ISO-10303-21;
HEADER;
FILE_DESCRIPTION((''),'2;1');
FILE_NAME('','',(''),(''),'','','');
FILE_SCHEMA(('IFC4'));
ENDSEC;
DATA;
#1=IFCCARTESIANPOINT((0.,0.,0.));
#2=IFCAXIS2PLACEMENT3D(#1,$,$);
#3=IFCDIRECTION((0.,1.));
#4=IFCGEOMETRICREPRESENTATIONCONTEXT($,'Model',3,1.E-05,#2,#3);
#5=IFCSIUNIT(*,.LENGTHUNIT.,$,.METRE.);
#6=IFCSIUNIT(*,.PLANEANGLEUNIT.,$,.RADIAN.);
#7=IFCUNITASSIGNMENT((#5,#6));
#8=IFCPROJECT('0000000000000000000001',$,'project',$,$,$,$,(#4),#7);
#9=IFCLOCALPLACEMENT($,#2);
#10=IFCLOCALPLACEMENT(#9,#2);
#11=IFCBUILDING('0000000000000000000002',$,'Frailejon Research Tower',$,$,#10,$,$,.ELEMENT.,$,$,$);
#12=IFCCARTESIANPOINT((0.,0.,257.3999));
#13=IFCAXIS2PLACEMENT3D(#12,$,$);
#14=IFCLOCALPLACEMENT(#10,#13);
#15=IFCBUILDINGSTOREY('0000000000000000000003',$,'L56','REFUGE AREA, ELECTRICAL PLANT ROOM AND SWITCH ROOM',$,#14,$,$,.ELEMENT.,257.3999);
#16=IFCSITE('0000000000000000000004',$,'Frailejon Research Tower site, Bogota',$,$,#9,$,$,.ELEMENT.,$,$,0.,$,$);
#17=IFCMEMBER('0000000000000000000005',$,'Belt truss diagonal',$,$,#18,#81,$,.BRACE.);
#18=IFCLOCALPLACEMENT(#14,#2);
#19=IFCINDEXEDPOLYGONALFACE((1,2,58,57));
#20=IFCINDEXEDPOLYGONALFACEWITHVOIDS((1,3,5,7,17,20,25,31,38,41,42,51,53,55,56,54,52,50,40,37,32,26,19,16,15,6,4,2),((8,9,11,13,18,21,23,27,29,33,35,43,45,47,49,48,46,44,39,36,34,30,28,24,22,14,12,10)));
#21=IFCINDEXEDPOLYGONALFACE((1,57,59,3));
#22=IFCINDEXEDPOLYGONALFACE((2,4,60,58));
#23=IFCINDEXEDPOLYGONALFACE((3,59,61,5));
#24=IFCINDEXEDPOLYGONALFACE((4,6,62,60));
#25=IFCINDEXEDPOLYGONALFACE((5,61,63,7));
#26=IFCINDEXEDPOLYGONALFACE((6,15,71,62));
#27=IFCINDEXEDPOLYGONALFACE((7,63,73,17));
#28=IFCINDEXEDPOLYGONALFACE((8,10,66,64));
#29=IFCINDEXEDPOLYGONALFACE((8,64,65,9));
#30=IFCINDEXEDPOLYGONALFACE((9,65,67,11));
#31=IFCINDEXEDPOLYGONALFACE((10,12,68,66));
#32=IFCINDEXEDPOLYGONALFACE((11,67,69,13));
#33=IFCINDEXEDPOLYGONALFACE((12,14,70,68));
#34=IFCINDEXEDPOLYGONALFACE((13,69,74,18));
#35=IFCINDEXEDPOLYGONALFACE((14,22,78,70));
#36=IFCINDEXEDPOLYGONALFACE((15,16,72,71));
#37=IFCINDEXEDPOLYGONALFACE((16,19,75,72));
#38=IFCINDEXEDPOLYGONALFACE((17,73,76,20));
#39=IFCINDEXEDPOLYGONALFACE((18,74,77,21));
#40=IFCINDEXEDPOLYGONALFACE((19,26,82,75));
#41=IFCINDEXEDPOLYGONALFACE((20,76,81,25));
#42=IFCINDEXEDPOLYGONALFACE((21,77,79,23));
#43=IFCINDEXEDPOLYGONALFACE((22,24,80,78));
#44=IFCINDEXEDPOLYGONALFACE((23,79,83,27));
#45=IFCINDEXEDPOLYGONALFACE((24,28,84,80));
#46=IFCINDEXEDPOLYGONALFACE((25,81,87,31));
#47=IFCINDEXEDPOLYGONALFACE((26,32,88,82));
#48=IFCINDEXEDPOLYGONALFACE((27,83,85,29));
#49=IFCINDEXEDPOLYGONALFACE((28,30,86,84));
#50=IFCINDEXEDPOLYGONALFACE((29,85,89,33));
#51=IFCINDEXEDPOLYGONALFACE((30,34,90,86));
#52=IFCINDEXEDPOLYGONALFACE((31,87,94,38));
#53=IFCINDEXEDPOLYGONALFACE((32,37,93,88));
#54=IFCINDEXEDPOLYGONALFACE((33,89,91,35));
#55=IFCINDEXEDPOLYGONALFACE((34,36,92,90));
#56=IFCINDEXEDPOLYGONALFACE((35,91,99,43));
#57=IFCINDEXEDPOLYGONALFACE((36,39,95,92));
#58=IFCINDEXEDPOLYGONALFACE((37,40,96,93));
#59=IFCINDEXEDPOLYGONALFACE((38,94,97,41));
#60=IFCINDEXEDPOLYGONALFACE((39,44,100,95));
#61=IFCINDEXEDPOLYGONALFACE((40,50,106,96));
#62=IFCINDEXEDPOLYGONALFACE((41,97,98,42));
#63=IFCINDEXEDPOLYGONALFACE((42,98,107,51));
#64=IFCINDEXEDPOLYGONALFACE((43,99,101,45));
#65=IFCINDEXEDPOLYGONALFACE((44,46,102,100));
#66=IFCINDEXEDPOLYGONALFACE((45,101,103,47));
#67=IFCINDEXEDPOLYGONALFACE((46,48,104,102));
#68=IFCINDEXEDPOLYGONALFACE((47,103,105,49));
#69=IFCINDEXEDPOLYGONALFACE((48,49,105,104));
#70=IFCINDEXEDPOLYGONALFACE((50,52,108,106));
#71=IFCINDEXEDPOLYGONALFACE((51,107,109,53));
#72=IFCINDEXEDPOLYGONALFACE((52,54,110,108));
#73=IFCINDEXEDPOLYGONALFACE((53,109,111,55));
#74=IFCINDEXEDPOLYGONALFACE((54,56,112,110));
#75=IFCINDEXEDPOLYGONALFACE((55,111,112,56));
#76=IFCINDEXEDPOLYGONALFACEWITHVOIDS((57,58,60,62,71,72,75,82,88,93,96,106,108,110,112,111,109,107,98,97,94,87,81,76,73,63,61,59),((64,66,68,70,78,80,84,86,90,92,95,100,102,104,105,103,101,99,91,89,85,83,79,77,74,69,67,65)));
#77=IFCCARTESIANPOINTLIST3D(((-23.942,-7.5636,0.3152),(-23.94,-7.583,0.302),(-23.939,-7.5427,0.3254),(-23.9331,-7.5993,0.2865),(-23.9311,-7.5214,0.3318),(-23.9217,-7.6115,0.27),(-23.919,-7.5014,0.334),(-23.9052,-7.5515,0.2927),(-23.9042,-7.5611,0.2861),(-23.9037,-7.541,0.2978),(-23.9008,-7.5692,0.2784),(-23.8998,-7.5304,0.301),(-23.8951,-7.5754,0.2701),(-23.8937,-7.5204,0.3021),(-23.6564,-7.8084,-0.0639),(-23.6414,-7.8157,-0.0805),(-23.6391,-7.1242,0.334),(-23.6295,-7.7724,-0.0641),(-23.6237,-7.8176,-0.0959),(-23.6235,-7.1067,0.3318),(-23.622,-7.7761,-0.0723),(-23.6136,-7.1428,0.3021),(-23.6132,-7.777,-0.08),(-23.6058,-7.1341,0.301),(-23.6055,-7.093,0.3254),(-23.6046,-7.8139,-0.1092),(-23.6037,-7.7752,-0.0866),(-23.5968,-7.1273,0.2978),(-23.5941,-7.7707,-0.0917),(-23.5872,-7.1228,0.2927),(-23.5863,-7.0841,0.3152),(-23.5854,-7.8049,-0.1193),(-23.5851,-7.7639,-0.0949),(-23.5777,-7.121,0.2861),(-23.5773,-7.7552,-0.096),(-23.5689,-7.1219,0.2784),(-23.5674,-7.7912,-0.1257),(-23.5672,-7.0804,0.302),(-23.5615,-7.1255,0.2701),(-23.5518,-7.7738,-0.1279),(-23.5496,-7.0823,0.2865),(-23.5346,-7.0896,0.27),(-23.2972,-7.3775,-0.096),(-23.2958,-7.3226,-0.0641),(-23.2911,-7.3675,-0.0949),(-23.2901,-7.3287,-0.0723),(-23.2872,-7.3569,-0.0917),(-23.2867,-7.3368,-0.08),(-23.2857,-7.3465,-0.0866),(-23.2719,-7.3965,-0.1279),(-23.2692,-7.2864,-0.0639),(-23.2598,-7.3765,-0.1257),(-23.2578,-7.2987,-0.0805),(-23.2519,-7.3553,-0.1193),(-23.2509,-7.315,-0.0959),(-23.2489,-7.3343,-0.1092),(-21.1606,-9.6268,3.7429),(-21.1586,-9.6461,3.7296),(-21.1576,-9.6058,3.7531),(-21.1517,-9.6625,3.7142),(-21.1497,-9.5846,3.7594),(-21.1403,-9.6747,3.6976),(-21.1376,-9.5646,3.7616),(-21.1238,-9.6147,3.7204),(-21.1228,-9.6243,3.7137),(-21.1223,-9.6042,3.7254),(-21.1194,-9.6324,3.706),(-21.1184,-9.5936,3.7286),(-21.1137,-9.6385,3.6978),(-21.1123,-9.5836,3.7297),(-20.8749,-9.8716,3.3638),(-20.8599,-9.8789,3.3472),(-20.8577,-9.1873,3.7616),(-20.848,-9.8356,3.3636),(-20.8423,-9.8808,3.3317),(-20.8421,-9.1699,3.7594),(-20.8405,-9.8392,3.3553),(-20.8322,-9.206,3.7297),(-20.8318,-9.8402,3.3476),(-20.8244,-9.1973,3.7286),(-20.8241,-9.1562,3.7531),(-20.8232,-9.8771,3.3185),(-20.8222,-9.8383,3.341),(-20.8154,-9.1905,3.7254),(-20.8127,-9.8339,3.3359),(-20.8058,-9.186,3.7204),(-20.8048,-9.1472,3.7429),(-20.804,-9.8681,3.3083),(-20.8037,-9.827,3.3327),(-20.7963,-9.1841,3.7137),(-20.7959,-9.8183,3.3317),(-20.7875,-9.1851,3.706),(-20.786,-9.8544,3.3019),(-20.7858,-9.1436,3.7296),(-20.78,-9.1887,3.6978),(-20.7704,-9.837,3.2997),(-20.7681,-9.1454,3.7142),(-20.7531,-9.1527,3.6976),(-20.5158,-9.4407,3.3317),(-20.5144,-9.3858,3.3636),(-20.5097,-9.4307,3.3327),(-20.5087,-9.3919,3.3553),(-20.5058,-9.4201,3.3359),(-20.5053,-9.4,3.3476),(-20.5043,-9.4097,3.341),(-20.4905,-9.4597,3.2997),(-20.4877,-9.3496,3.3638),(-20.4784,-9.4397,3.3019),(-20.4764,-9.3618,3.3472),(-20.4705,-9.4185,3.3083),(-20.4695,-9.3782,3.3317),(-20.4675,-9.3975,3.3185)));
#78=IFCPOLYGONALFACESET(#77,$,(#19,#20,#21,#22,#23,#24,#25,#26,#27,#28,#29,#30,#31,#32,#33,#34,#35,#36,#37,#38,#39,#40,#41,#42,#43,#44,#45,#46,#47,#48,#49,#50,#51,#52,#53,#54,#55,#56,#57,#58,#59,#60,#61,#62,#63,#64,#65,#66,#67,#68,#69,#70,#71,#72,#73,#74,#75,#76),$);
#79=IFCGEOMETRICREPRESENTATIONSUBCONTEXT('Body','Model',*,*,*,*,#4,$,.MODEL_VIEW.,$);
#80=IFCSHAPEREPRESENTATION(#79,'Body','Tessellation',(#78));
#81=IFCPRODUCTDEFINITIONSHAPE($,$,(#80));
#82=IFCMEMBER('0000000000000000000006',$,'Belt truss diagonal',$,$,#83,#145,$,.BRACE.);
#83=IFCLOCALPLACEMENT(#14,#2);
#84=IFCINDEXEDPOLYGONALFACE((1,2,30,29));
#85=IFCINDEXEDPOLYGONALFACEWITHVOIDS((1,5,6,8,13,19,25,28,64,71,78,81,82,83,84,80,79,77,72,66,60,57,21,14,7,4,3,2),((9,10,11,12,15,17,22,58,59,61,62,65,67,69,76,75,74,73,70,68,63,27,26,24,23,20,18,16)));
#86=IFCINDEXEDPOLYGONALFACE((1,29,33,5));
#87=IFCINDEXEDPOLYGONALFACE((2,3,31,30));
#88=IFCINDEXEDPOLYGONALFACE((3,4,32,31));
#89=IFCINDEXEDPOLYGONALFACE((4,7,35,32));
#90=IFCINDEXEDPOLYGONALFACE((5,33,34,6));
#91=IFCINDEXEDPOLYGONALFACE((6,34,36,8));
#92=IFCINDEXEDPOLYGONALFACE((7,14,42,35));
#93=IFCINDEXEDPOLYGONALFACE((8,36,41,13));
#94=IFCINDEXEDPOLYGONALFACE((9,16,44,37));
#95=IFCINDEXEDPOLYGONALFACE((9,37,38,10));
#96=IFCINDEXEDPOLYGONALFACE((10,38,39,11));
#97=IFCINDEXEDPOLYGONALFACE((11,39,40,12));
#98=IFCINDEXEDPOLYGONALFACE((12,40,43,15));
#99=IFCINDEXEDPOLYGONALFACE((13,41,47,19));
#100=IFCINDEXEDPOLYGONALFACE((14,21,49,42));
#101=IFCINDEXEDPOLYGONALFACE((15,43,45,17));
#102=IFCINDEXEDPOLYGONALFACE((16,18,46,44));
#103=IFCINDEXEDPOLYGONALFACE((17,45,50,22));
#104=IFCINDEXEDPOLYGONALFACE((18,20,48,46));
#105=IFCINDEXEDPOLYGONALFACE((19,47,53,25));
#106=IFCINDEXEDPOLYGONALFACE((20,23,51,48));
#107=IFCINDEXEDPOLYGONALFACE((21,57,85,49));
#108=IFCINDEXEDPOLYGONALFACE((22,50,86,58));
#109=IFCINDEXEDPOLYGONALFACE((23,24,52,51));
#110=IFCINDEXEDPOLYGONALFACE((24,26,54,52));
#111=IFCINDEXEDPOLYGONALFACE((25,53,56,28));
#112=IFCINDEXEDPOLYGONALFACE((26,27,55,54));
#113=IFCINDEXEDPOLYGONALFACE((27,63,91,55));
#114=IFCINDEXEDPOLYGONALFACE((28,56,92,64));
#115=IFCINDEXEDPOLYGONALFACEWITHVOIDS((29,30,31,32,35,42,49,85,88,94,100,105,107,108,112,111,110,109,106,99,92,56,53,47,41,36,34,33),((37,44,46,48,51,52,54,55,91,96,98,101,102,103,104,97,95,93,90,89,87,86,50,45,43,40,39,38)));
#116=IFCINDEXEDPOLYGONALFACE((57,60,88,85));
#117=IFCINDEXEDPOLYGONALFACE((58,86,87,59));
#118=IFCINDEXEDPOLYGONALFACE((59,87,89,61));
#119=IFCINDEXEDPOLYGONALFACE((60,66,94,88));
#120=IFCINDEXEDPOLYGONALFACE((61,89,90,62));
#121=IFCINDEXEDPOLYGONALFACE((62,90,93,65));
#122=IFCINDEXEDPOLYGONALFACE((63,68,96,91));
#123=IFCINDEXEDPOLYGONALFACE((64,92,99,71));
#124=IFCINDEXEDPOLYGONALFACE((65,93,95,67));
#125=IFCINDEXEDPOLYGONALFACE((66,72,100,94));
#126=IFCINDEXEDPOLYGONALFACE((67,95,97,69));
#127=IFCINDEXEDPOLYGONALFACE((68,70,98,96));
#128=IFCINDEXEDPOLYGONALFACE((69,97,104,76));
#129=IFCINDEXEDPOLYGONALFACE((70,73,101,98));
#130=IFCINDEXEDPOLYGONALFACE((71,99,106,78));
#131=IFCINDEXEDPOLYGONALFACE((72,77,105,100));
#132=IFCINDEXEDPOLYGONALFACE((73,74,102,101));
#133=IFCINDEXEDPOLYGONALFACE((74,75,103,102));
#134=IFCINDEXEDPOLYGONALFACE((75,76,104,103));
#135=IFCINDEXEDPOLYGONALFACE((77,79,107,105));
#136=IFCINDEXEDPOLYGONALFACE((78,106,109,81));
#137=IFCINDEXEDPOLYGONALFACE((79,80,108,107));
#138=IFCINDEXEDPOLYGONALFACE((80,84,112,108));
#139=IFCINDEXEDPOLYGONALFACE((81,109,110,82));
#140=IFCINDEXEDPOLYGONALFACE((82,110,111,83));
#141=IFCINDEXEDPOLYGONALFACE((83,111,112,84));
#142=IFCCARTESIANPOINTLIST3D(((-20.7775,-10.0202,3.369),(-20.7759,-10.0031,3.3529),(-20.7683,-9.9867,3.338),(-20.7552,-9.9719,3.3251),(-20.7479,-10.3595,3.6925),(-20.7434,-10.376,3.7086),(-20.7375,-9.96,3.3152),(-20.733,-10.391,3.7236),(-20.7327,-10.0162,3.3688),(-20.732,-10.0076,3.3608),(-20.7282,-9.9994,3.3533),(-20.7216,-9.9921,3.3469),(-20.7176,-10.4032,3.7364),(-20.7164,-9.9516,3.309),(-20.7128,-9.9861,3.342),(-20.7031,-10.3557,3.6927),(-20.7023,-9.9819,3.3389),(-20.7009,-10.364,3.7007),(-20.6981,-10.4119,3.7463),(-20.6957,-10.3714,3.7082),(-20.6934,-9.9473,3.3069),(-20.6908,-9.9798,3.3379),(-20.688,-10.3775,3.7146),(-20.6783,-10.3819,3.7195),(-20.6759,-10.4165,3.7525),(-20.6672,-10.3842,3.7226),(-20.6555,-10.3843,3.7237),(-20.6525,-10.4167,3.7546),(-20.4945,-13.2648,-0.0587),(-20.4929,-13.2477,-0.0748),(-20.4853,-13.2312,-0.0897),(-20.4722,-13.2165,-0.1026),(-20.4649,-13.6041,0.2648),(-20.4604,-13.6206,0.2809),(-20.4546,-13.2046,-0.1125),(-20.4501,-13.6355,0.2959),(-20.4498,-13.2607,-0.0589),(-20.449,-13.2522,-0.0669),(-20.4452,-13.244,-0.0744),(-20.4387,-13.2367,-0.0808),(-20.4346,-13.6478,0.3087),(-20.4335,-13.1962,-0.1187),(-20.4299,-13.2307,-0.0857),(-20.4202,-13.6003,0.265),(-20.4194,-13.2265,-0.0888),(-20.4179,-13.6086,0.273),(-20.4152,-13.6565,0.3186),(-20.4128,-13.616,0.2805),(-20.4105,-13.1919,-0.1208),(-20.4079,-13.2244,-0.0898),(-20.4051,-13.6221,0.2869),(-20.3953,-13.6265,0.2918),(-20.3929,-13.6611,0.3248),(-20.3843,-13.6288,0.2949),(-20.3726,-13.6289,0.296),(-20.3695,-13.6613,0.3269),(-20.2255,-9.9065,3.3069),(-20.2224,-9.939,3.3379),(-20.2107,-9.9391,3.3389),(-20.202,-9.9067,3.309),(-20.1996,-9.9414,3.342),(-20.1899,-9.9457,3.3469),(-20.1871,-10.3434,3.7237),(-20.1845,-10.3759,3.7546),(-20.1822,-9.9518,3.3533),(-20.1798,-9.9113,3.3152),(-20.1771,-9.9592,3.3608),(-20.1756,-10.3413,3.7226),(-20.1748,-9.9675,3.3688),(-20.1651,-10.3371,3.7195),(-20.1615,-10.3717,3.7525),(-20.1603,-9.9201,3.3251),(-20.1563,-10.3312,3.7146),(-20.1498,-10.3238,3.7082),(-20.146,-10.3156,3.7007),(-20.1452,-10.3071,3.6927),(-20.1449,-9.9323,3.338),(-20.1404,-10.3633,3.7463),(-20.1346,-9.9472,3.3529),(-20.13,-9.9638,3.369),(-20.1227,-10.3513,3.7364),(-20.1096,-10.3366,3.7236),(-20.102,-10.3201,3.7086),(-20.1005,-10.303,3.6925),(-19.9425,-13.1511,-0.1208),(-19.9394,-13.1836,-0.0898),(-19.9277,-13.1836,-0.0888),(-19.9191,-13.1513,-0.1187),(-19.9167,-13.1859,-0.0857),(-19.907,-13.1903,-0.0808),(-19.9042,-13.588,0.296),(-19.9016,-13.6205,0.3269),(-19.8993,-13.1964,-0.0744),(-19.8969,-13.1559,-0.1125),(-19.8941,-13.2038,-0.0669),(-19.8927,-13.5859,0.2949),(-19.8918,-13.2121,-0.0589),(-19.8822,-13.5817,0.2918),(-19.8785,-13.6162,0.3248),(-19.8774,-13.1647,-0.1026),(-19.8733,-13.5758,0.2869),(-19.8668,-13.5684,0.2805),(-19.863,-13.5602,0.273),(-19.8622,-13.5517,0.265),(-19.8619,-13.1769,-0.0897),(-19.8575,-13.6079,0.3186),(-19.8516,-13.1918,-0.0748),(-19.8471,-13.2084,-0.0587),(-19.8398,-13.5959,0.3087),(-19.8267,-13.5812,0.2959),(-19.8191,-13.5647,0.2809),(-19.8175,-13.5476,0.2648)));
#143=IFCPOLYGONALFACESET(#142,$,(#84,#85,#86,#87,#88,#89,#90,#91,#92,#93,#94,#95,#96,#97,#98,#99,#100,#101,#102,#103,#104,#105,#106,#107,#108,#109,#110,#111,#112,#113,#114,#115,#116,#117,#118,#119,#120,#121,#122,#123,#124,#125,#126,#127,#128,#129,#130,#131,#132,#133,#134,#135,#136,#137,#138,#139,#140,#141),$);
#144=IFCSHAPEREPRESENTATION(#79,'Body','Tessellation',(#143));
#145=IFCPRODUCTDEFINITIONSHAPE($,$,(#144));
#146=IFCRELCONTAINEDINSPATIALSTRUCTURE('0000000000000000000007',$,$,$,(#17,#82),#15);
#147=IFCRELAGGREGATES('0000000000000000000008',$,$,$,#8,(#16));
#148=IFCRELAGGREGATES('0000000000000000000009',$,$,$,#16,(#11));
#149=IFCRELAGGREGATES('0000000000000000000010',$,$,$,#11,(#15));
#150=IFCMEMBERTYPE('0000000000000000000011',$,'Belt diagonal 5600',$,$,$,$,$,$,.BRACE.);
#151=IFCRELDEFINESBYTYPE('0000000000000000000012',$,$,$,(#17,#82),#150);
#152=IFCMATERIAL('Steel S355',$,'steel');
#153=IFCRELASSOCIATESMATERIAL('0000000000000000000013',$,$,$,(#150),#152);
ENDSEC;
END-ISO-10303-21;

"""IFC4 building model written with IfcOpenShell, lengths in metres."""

from ifc_helpers import new_model, si_unit, direction, frame, origin, origin_2d, place, context, subcontext, project, spatial, hollow_rectangle, extrude, material, material_profile, profile_set, type_object, element, save


model = new_model("IFC4")

# Units and contexts
model_context = context("Model", 3, precision=1e-05, world=origin(), true_north=direction((0.0, 1.0)))
body_context = subcontext(model_context, "Body", "Model", "MODEL_VIEW")
ifc_project = project(units=[si_unit("LENGTHUNIT", "METRE"), si_unit("PLANEANGLEUNIT", "RADIAN")], contexts=[model_context])

# Site, building, storey
site_placement = place(None, origin())
site = spatial("IfcSite", under=ifc_project, at=site_placement, Name="Frailejon Research Tower site, Bogota", CompositionType="ELEMENT", RefElevation=0.0)
building_placement = place(site_placement, origin())
building = spatial("IfcBuilding", under=site, at=building_placement, Name="Frailejon Research Tower", CompositionType="ELEMENT")
storey_placement = place(building_placement, frame((0.0, 0.0, 257.3999)))
storey = spatial("IfcBuildingStorey", under=building, at=storey_placement, Name="L56", Description="REFUGE AREA, ELECTRICAL PLANT ROOM AND SWITCH ROOM", CompositionType="ELEMENT", Elevation=257.3999)

# Members
ifc_material_1 = material(Name="Steel S355", Category="steel")
ifc_material_profile_1 = material_profile(ifc_material_1, hollow_rectangle(XDim=0.6499, YDim=0.6499, WallThickness=0.0449, InnerFilletRadius=0.0449, OuterFilletRadius=0.0901, at=origin_2d()), Name="Belt diagonal 5600")
ifc_profile_set_1 = profile_set([ifc_material_profile_1], Name="Steel S355")
member_type = type_object("IfcMemberType", Name="Belt diagonal 5600", PredefinedType="BRACE", material=ifc_profile_set_1)
member_1_placement = place(storey_placement, frame((-23.5955, -7.449, 0.103), z_axis=(0.570835, -0.423429, 0.70346), x_axis=(0.595762, 0.803161, 0.0)))
element("IfcMember", 1, at=member_1_placement, inside=storey, type_object=member_type, Name="Belt truss diagonal", PredefinedType="BRACE", context=body_context, shape_type="SweptSolid", body=[
    extrude(hollow_rectangle(XDim=0.6499, YDim=0.6499, WallThickness=0.0449, InnerFilletRadius=0.0449, OuterFilletRadius=0.0901, at=origin_2d()), origin(), (0.0, 0.0, 1.0), 4.8726),
])
member_2_placement = place(storey_placement, frame((-20.439, -10.1616, 3.5308), z_axis=(0.059843, -0.686211, -0.724936), x_axis=(0.996219, 0.086879, 0.0)))
element("IfcMember", 2, at=member_2_placement, inside=storey, type_object=member_type, Name="Belt truss diagonal", PredefinedType="BRACE", context=body_context, shape_type="SweptSolid", body=[
    extrude(hollow_rectangle(XDim=0.6499, YDim=0.6499, WallThickness=0.0449, InnerFilletRadius=0.0449, OuterFilletRadius=0.0901, at=origin_2d()), origin(), (0.0, 0.0, 1.0), 4.7283),
])

save(model, "model.ifc")
